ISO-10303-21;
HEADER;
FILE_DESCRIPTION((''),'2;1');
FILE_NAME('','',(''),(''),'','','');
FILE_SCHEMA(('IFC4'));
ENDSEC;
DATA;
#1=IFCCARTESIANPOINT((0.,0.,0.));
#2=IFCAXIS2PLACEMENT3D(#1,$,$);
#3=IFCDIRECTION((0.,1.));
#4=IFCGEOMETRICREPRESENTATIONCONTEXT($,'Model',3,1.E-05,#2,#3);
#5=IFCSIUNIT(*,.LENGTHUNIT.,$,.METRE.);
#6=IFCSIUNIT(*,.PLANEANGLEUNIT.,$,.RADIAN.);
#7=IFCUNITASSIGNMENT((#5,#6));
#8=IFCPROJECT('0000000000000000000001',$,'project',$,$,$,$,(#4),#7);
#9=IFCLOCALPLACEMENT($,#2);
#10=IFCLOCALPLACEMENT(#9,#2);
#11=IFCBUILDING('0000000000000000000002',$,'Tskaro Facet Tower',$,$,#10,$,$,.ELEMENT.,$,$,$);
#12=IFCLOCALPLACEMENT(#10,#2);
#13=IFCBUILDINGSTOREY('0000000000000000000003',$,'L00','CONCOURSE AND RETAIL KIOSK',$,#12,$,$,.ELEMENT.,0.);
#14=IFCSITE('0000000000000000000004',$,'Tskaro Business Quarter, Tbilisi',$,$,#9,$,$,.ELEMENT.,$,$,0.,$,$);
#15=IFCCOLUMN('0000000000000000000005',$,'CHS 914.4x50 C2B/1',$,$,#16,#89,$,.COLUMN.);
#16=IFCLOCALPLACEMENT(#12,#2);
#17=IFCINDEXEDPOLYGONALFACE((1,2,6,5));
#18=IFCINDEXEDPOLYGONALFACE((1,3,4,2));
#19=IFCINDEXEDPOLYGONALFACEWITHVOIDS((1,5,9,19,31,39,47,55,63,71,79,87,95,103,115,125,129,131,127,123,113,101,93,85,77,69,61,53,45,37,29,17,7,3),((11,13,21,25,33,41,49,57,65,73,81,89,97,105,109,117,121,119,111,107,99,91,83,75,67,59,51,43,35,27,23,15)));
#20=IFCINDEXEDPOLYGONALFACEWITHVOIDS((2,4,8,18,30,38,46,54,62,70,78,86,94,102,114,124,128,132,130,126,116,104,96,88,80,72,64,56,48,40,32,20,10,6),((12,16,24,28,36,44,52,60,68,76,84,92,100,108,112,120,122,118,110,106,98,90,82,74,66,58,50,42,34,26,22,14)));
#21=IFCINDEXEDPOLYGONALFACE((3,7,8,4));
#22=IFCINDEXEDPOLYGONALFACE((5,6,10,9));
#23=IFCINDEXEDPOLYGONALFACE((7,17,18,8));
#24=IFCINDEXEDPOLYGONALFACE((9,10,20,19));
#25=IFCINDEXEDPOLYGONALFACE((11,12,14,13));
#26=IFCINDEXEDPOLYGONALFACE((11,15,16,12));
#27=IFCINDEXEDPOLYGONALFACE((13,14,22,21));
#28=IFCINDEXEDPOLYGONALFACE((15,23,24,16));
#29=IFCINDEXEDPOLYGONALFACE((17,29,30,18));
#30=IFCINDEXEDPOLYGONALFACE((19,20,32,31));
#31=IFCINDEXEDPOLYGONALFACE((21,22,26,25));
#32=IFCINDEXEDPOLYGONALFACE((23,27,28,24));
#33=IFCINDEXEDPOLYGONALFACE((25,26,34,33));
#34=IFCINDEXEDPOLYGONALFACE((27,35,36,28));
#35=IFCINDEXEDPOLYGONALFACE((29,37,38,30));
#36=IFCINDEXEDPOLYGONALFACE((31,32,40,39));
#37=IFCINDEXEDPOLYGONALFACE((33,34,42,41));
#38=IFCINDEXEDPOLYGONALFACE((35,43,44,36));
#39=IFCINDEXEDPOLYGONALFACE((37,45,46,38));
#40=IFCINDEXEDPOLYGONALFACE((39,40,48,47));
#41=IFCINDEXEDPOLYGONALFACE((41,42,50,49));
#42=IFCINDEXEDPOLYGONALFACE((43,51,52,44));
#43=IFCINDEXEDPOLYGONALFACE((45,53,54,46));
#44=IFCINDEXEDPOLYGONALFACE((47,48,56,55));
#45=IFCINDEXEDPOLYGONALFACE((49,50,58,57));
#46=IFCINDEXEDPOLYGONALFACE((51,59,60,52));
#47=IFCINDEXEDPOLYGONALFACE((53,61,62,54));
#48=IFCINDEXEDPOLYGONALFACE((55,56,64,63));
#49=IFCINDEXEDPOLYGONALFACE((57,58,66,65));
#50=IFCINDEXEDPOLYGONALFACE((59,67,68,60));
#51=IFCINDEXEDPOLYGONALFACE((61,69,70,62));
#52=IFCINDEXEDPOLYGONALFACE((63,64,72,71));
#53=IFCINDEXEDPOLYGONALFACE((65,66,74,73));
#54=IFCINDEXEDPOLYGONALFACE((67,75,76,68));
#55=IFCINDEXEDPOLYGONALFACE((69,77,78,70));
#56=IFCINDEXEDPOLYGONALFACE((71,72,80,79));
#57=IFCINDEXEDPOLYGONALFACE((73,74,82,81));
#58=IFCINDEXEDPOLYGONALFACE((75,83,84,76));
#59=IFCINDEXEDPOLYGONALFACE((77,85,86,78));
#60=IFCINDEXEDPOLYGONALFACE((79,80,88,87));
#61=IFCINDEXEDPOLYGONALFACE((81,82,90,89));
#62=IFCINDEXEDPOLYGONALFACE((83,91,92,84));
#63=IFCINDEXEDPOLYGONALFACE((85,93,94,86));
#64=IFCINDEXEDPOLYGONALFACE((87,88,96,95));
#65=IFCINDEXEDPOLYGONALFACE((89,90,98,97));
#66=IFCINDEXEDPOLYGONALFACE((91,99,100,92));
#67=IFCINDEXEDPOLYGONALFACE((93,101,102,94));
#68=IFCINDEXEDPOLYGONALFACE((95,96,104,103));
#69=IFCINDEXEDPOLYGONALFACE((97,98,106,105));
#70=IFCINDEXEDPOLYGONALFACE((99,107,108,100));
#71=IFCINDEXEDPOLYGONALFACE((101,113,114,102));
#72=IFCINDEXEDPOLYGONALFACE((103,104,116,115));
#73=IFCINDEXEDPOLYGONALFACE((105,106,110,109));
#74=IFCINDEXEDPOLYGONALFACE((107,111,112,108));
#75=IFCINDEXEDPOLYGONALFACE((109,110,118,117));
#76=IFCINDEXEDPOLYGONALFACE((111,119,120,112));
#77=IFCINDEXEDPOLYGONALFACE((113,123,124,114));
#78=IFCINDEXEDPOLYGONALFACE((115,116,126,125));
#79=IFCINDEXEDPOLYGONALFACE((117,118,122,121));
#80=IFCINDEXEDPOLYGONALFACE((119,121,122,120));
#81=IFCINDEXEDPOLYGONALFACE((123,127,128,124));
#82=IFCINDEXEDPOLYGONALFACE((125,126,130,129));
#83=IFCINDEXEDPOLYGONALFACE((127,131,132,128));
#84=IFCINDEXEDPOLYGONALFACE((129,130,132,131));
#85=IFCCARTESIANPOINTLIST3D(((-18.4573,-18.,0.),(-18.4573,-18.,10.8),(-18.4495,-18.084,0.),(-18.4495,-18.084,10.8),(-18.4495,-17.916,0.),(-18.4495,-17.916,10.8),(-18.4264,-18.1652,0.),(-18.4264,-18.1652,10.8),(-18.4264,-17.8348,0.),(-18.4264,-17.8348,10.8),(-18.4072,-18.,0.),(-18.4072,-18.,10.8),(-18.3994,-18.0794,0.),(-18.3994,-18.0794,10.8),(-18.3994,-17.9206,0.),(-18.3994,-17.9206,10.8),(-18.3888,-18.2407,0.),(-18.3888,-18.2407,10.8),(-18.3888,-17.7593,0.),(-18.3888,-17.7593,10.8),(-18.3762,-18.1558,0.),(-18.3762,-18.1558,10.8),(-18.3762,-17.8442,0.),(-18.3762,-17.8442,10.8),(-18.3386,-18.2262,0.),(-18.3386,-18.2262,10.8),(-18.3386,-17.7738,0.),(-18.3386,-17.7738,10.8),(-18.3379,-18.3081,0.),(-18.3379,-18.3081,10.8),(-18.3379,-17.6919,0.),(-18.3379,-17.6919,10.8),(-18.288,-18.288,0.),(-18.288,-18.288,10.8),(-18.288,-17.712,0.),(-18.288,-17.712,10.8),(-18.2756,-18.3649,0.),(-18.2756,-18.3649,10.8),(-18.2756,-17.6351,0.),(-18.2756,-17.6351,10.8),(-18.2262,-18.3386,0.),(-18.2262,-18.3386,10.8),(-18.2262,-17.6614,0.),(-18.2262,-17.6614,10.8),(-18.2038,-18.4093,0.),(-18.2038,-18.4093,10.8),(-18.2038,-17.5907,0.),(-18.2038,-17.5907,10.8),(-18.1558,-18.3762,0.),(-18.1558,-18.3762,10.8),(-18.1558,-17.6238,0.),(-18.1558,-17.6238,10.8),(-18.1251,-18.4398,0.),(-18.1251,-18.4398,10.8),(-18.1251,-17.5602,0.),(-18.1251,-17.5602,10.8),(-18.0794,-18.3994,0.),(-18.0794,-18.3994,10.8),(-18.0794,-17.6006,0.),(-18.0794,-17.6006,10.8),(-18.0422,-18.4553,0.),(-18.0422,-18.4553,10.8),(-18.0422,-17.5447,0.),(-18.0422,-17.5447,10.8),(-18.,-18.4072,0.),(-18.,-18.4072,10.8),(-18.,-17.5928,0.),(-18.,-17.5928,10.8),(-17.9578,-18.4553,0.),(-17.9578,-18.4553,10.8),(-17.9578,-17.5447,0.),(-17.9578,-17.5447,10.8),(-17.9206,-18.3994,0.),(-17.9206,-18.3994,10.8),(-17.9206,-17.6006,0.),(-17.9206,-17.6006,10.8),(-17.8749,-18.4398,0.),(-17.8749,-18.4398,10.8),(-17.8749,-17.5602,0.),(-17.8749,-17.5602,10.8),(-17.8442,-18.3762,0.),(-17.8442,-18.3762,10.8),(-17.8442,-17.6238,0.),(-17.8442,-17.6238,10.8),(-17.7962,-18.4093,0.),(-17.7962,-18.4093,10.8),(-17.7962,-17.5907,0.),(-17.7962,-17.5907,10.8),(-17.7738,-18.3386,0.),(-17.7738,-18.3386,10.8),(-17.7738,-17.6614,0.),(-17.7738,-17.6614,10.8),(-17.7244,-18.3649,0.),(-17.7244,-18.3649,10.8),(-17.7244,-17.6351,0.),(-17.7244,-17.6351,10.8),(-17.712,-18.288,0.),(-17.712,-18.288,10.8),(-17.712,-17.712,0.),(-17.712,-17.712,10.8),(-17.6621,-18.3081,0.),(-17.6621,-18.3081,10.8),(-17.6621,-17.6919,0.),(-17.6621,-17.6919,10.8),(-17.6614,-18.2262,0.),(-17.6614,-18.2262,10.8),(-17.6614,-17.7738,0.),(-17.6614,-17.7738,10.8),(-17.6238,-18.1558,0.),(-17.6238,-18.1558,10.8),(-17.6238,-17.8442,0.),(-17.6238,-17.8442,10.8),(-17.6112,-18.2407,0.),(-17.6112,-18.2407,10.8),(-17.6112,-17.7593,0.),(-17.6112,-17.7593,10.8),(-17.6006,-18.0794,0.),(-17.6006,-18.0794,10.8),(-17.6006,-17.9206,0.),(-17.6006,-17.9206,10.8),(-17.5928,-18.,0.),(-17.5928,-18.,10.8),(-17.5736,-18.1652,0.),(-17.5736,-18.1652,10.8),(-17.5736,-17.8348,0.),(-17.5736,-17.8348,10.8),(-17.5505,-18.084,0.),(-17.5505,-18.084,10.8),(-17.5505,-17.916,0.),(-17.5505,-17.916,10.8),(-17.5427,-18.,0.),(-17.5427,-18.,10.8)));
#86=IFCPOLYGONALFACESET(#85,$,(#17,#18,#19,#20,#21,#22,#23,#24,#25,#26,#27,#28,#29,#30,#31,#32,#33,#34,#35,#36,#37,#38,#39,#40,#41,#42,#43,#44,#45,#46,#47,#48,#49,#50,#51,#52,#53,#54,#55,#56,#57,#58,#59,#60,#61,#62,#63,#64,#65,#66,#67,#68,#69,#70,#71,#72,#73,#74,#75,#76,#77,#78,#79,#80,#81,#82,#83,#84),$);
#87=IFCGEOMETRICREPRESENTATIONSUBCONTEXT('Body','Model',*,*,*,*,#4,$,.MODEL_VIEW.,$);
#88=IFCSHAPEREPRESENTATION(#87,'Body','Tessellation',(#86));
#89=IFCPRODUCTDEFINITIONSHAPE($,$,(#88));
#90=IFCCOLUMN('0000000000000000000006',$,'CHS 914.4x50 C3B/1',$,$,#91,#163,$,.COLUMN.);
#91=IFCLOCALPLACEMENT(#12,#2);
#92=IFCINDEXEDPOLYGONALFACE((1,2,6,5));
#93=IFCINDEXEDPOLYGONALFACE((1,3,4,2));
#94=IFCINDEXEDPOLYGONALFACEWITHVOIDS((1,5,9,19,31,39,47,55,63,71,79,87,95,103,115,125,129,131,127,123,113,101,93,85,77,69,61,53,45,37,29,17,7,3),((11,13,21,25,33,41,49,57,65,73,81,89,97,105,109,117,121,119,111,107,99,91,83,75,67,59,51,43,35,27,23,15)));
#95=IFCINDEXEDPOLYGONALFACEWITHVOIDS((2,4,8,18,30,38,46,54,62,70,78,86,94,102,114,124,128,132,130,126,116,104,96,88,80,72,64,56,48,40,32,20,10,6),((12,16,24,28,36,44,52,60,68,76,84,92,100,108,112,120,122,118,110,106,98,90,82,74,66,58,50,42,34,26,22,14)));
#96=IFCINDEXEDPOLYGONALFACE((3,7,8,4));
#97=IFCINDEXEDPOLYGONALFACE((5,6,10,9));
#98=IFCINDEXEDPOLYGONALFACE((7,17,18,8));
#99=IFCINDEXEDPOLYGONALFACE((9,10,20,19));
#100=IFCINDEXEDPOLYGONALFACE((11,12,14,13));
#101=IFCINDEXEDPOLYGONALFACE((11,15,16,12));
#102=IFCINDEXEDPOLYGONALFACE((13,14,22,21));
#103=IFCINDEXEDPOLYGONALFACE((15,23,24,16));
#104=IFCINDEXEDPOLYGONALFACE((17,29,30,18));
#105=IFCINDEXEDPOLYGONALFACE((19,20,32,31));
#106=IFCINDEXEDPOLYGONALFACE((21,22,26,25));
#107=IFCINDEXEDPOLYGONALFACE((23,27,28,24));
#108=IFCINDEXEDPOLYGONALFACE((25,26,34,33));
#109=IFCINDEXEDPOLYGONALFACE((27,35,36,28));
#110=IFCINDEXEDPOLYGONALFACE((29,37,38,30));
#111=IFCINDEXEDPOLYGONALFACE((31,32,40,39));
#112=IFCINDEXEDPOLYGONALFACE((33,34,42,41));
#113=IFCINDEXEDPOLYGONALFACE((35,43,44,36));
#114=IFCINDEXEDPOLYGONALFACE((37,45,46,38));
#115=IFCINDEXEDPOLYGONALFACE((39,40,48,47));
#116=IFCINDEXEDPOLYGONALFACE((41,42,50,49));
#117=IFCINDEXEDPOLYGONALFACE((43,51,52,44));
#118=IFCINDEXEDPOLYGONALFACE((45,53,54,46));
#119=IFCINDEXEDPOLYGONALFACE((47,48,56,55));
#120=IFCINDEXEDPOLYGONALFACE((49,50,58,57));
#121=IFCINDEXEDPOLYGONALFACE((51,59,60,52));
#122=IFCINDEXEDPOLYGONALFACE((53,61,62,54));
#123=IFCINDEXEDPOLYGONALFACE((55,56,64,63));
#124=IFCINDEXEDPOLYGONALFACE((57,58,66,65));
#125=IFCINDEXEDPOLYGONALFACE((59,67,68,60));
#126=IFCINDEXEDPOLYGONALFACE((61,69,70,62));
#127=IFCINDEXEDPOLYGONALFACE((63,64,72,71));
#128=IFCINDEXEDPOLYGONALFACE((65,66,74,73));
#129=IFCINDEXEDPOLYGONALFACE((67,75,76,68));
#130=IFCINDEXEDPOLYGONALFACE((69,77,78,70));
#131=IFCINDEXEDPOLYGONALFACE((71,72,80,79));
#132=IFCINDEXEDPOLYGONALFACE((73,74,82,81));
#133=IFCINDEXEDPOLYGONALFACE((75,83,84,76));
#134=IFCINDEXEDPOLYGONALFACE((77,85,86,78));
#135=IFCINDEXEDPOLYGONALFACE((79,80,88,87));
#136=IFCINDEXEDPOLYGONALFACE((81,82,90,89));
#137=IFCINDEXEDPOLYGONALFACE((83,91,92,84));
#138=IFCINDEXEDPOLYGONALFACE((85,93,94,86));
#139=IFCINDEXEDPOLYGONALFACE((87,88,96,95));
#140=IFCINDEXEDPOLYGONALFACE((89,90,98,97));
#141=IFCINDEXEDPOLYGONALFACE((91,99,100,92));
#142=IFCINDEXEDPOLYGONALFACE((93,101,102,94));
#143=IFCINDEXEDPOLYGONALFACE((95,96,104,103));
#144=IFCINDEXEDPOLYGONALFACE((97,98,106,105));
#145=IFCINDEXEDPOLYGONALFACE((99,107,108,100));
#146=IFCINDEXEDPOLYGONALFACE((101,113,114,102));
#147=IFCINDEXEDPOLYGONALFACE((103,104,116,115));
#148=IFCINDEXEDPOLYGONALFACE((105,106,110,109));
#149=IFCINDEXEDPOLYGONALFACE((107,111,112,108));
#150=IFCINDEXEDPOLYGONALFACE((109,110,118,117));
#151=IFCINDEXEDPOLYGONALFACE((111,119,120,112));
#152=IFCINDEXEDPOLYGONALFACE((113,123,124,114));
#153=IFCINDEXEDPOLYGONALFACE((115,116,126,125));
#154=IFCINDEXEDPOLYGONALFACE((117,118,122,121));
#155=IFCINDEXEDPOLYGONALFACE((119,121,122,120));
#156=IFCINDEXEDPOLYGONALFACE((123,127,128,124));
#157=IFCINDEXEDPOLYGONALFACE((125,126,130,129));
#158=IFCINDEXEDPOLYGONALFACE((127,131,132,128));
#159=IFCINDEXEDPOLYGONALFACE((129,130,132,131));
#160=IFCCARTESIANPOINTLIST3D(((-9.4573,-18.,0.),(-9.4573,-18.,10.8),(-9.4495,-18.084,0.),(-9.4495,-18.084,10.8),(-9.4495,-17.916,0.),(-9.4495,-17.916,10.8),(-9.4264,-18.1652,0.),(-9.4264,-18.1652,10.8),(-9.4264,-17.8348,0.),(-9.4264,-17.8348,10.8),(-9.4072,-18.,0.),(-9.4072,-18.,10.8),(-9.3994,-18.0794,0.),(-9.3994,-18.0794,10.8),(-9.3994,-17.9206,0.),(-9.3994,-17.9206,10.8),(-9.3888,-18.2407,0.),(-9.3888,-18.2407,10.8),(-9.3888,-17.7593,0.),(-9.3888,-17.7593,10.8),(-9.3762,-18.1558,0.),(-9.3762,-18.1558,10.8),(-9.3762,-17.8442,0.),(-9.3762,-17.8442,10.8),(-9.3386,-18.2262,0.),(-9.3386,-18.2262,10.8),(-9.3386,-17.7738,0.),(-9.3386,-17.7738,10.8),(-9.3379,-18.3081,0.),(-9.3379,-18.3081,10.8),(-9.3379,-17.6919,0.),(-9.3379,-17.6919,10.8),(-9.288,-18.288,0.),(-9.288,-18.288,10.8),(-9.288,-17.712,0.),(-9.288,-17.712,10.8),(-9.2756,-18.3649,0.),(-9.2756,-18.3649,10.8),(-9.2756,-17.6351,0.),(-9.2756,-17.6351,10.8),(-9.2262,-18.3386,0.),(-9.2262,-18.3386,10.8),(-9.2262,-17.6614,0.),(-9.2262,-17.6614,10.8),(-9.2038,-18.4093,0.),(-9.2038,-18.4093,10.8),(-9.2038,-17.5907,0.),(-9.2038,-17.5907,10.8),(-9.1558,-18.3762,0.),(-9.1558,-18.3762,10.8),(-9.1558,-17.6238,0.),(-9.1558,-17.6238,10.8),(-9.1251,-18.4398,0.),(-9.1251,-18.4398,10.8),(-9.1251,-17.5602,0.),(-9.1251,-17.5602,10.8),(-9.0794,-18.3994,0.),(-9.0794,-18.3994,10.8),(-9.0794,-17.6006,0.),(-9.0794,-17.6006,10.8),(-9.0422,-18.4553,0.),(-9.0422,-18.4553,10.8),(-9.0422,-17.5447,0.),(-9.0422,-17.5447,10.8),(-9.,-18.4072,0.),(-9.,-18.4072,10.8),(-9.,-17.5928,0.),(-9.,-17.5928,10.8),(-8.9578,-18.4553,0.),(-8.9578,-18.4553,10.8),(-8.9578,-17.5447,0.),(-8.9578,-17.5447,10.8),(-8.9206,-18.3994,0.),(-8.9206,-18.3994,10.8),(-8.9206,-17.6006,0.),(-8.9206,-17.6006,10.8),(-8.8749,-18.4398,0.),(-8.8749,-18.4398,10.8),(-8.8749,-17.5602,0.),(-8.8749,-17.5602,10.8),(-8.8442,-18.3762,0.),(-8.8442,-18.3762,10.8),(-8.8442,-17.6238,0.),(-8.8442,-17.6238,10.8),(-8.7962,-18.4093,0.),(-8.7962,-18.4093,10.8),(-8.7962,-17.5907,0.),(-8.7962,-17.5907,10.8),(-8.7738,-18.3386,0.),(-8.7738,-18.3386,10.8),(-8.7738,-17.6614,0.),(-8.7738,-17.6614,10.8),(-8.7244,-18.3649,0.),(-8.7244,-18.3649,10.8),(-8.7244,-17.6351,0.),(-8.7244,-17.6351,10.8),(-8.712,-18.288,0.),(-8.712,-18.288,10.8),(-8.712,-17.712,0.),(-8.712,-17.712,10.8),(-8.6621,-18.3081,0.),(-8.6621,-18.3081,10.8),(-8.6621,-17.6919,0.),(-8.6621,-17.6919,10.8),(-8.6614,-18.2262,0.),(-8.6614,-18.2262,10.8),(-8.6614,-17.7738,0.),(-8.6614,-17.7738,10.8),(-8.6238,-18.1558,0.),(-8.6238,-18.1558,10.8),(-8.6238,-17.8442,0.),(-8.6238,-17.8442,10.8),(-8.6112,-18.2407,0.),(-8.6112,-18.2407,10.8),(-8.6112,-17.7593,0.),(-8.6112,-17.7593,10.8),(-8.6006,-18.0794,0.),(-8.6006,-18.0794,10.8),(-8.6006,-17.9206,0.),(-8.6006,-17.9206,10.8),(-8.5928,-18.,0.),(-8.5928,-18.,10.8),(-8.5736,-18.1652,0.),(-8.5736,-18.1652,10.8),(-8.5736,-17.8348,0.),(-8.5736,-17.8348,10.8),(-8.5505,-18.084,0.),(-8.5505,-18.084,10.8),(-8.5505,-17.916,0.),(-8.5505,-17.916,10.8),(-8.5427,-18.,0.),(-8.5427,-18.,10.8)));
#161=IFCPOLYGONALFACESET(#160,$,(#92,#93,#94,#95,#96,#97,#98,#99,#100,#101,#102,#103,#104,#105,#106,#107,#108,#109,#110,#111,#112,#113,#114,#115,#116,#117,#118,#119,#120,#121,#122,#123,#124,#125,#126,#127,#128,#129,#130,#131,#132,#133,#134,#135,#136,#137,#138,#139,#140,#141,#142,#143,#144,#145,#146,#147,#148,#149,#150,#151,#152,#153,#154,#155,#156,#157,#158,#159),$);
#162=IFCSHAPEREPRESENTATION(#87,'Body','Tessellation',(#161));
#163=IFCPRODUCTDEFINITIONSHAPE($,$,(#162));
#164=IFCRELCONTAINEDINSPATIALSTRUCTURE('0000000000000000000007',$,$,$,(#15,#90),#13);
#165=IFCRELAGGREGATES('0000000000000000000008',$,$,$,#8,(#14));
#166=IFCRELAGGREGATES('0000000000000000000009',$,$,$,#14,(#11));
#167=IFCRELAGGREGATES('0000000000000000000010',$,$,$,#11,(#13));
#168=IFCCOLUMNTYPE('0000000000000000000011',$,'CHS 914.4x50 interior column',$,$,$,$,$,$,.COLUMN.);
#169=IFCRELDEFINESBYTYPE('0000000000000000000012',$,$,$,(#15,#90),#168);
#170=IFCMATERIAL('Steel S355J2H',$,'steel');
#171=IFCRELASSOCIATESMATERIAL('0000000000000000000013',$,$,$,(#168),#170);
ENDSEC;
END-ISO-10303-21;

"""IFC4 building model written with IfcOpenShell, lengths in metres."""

from ifc_helpers import new_model, si_unit, direction, frame, origin, origin_2d, place, context, subcontext, project, spatial, hollow_circle, extrude, material, material_profile, profile_set, type_object, element, save


model = new_model("IFC4")

# Units and contexts
model_context = context("Model", 3, precision=1e-05, world=origin(), true_north=direction((0.0, 1.0)))
body_context = subcontext(model_context, "Body", "Model", "MODEL_VIEW")
ifc_project = project(units=[si_unit("LENGTHUNIT", "METRE"), si_unit("PLANEANGLEUNIT", "RADIAN")], contexts=[model_context])

# Site, building, storey
site_placement = place(None, origin())
site = spatial("IfcSite", under=ifc_project, at=site_placement, Name="Tskaro Business Quarter, Tbilisi", CompositionType="ELEMENT", RefElevation=0.0)
building_placement = place(site_placement, origin())
building = spatial("IfcBuilding", under=site, at=building_placement, Name="Tskaro Facet Tower", CompositionType="ELEMENT")
storey_placement = place(building_placement, origin())
storey = spatial("IfcBuildingStorey", under=building, at=storey_placement, Name="L00", Description="CONCOURSE AND RETAIL KIOSK", CompositionType="ELEMENT", Elevation=0.0)

# Columns
ifc_material_1 = material(Name="Steel S355J2H", Category="steel")
ifc_material_profile_1 = material_profile(ifc_material_1, hollow_circle(Radius=0.4573, WallThickness=0.05, at=origin_2d()), Name="CHS 914.4x50")
ifc_profile_set_1 = profile_set([ifc_material_profile_1], Name="Steel S355J2H")
column_type_1 = type_object("IfcColumnType", Name="CHS 914.4x50 interior column", PredefinedType="COLUMN", material=ifc_profile_set_1)
for number, where, z_axis, x_axis, name in (
    (1, (-18.0, -18.0, 0.0), (0.0, 0.0, 1.0), (1.0, 0.0, 0.0), "CHS 914.4x50 C2B/1"),
    (2, (-9.0, -18.0, 0.0), (0.0, 0.0, 1.0), (1.0, 0.0, 0.0), "CHS 914.4x50 C3B/1"),
):
    element("IfcColumn", number, at=place(storey_placement, frame(where, z_axis=z_axis, x_axis=x_axis)), inside=storey, type_object=column_type_1, Name=name, PredefinedType="COLUMN", context=body_context, shape_type="SweptSolid", body=[
        extrude(hollow_circle(Radius=0.4573, WallThickness=0.05, at=origin_2d()), origin(), (0.0, 0.0, 1.0), 10.8),
    ])

save(model, "model.ifc")
